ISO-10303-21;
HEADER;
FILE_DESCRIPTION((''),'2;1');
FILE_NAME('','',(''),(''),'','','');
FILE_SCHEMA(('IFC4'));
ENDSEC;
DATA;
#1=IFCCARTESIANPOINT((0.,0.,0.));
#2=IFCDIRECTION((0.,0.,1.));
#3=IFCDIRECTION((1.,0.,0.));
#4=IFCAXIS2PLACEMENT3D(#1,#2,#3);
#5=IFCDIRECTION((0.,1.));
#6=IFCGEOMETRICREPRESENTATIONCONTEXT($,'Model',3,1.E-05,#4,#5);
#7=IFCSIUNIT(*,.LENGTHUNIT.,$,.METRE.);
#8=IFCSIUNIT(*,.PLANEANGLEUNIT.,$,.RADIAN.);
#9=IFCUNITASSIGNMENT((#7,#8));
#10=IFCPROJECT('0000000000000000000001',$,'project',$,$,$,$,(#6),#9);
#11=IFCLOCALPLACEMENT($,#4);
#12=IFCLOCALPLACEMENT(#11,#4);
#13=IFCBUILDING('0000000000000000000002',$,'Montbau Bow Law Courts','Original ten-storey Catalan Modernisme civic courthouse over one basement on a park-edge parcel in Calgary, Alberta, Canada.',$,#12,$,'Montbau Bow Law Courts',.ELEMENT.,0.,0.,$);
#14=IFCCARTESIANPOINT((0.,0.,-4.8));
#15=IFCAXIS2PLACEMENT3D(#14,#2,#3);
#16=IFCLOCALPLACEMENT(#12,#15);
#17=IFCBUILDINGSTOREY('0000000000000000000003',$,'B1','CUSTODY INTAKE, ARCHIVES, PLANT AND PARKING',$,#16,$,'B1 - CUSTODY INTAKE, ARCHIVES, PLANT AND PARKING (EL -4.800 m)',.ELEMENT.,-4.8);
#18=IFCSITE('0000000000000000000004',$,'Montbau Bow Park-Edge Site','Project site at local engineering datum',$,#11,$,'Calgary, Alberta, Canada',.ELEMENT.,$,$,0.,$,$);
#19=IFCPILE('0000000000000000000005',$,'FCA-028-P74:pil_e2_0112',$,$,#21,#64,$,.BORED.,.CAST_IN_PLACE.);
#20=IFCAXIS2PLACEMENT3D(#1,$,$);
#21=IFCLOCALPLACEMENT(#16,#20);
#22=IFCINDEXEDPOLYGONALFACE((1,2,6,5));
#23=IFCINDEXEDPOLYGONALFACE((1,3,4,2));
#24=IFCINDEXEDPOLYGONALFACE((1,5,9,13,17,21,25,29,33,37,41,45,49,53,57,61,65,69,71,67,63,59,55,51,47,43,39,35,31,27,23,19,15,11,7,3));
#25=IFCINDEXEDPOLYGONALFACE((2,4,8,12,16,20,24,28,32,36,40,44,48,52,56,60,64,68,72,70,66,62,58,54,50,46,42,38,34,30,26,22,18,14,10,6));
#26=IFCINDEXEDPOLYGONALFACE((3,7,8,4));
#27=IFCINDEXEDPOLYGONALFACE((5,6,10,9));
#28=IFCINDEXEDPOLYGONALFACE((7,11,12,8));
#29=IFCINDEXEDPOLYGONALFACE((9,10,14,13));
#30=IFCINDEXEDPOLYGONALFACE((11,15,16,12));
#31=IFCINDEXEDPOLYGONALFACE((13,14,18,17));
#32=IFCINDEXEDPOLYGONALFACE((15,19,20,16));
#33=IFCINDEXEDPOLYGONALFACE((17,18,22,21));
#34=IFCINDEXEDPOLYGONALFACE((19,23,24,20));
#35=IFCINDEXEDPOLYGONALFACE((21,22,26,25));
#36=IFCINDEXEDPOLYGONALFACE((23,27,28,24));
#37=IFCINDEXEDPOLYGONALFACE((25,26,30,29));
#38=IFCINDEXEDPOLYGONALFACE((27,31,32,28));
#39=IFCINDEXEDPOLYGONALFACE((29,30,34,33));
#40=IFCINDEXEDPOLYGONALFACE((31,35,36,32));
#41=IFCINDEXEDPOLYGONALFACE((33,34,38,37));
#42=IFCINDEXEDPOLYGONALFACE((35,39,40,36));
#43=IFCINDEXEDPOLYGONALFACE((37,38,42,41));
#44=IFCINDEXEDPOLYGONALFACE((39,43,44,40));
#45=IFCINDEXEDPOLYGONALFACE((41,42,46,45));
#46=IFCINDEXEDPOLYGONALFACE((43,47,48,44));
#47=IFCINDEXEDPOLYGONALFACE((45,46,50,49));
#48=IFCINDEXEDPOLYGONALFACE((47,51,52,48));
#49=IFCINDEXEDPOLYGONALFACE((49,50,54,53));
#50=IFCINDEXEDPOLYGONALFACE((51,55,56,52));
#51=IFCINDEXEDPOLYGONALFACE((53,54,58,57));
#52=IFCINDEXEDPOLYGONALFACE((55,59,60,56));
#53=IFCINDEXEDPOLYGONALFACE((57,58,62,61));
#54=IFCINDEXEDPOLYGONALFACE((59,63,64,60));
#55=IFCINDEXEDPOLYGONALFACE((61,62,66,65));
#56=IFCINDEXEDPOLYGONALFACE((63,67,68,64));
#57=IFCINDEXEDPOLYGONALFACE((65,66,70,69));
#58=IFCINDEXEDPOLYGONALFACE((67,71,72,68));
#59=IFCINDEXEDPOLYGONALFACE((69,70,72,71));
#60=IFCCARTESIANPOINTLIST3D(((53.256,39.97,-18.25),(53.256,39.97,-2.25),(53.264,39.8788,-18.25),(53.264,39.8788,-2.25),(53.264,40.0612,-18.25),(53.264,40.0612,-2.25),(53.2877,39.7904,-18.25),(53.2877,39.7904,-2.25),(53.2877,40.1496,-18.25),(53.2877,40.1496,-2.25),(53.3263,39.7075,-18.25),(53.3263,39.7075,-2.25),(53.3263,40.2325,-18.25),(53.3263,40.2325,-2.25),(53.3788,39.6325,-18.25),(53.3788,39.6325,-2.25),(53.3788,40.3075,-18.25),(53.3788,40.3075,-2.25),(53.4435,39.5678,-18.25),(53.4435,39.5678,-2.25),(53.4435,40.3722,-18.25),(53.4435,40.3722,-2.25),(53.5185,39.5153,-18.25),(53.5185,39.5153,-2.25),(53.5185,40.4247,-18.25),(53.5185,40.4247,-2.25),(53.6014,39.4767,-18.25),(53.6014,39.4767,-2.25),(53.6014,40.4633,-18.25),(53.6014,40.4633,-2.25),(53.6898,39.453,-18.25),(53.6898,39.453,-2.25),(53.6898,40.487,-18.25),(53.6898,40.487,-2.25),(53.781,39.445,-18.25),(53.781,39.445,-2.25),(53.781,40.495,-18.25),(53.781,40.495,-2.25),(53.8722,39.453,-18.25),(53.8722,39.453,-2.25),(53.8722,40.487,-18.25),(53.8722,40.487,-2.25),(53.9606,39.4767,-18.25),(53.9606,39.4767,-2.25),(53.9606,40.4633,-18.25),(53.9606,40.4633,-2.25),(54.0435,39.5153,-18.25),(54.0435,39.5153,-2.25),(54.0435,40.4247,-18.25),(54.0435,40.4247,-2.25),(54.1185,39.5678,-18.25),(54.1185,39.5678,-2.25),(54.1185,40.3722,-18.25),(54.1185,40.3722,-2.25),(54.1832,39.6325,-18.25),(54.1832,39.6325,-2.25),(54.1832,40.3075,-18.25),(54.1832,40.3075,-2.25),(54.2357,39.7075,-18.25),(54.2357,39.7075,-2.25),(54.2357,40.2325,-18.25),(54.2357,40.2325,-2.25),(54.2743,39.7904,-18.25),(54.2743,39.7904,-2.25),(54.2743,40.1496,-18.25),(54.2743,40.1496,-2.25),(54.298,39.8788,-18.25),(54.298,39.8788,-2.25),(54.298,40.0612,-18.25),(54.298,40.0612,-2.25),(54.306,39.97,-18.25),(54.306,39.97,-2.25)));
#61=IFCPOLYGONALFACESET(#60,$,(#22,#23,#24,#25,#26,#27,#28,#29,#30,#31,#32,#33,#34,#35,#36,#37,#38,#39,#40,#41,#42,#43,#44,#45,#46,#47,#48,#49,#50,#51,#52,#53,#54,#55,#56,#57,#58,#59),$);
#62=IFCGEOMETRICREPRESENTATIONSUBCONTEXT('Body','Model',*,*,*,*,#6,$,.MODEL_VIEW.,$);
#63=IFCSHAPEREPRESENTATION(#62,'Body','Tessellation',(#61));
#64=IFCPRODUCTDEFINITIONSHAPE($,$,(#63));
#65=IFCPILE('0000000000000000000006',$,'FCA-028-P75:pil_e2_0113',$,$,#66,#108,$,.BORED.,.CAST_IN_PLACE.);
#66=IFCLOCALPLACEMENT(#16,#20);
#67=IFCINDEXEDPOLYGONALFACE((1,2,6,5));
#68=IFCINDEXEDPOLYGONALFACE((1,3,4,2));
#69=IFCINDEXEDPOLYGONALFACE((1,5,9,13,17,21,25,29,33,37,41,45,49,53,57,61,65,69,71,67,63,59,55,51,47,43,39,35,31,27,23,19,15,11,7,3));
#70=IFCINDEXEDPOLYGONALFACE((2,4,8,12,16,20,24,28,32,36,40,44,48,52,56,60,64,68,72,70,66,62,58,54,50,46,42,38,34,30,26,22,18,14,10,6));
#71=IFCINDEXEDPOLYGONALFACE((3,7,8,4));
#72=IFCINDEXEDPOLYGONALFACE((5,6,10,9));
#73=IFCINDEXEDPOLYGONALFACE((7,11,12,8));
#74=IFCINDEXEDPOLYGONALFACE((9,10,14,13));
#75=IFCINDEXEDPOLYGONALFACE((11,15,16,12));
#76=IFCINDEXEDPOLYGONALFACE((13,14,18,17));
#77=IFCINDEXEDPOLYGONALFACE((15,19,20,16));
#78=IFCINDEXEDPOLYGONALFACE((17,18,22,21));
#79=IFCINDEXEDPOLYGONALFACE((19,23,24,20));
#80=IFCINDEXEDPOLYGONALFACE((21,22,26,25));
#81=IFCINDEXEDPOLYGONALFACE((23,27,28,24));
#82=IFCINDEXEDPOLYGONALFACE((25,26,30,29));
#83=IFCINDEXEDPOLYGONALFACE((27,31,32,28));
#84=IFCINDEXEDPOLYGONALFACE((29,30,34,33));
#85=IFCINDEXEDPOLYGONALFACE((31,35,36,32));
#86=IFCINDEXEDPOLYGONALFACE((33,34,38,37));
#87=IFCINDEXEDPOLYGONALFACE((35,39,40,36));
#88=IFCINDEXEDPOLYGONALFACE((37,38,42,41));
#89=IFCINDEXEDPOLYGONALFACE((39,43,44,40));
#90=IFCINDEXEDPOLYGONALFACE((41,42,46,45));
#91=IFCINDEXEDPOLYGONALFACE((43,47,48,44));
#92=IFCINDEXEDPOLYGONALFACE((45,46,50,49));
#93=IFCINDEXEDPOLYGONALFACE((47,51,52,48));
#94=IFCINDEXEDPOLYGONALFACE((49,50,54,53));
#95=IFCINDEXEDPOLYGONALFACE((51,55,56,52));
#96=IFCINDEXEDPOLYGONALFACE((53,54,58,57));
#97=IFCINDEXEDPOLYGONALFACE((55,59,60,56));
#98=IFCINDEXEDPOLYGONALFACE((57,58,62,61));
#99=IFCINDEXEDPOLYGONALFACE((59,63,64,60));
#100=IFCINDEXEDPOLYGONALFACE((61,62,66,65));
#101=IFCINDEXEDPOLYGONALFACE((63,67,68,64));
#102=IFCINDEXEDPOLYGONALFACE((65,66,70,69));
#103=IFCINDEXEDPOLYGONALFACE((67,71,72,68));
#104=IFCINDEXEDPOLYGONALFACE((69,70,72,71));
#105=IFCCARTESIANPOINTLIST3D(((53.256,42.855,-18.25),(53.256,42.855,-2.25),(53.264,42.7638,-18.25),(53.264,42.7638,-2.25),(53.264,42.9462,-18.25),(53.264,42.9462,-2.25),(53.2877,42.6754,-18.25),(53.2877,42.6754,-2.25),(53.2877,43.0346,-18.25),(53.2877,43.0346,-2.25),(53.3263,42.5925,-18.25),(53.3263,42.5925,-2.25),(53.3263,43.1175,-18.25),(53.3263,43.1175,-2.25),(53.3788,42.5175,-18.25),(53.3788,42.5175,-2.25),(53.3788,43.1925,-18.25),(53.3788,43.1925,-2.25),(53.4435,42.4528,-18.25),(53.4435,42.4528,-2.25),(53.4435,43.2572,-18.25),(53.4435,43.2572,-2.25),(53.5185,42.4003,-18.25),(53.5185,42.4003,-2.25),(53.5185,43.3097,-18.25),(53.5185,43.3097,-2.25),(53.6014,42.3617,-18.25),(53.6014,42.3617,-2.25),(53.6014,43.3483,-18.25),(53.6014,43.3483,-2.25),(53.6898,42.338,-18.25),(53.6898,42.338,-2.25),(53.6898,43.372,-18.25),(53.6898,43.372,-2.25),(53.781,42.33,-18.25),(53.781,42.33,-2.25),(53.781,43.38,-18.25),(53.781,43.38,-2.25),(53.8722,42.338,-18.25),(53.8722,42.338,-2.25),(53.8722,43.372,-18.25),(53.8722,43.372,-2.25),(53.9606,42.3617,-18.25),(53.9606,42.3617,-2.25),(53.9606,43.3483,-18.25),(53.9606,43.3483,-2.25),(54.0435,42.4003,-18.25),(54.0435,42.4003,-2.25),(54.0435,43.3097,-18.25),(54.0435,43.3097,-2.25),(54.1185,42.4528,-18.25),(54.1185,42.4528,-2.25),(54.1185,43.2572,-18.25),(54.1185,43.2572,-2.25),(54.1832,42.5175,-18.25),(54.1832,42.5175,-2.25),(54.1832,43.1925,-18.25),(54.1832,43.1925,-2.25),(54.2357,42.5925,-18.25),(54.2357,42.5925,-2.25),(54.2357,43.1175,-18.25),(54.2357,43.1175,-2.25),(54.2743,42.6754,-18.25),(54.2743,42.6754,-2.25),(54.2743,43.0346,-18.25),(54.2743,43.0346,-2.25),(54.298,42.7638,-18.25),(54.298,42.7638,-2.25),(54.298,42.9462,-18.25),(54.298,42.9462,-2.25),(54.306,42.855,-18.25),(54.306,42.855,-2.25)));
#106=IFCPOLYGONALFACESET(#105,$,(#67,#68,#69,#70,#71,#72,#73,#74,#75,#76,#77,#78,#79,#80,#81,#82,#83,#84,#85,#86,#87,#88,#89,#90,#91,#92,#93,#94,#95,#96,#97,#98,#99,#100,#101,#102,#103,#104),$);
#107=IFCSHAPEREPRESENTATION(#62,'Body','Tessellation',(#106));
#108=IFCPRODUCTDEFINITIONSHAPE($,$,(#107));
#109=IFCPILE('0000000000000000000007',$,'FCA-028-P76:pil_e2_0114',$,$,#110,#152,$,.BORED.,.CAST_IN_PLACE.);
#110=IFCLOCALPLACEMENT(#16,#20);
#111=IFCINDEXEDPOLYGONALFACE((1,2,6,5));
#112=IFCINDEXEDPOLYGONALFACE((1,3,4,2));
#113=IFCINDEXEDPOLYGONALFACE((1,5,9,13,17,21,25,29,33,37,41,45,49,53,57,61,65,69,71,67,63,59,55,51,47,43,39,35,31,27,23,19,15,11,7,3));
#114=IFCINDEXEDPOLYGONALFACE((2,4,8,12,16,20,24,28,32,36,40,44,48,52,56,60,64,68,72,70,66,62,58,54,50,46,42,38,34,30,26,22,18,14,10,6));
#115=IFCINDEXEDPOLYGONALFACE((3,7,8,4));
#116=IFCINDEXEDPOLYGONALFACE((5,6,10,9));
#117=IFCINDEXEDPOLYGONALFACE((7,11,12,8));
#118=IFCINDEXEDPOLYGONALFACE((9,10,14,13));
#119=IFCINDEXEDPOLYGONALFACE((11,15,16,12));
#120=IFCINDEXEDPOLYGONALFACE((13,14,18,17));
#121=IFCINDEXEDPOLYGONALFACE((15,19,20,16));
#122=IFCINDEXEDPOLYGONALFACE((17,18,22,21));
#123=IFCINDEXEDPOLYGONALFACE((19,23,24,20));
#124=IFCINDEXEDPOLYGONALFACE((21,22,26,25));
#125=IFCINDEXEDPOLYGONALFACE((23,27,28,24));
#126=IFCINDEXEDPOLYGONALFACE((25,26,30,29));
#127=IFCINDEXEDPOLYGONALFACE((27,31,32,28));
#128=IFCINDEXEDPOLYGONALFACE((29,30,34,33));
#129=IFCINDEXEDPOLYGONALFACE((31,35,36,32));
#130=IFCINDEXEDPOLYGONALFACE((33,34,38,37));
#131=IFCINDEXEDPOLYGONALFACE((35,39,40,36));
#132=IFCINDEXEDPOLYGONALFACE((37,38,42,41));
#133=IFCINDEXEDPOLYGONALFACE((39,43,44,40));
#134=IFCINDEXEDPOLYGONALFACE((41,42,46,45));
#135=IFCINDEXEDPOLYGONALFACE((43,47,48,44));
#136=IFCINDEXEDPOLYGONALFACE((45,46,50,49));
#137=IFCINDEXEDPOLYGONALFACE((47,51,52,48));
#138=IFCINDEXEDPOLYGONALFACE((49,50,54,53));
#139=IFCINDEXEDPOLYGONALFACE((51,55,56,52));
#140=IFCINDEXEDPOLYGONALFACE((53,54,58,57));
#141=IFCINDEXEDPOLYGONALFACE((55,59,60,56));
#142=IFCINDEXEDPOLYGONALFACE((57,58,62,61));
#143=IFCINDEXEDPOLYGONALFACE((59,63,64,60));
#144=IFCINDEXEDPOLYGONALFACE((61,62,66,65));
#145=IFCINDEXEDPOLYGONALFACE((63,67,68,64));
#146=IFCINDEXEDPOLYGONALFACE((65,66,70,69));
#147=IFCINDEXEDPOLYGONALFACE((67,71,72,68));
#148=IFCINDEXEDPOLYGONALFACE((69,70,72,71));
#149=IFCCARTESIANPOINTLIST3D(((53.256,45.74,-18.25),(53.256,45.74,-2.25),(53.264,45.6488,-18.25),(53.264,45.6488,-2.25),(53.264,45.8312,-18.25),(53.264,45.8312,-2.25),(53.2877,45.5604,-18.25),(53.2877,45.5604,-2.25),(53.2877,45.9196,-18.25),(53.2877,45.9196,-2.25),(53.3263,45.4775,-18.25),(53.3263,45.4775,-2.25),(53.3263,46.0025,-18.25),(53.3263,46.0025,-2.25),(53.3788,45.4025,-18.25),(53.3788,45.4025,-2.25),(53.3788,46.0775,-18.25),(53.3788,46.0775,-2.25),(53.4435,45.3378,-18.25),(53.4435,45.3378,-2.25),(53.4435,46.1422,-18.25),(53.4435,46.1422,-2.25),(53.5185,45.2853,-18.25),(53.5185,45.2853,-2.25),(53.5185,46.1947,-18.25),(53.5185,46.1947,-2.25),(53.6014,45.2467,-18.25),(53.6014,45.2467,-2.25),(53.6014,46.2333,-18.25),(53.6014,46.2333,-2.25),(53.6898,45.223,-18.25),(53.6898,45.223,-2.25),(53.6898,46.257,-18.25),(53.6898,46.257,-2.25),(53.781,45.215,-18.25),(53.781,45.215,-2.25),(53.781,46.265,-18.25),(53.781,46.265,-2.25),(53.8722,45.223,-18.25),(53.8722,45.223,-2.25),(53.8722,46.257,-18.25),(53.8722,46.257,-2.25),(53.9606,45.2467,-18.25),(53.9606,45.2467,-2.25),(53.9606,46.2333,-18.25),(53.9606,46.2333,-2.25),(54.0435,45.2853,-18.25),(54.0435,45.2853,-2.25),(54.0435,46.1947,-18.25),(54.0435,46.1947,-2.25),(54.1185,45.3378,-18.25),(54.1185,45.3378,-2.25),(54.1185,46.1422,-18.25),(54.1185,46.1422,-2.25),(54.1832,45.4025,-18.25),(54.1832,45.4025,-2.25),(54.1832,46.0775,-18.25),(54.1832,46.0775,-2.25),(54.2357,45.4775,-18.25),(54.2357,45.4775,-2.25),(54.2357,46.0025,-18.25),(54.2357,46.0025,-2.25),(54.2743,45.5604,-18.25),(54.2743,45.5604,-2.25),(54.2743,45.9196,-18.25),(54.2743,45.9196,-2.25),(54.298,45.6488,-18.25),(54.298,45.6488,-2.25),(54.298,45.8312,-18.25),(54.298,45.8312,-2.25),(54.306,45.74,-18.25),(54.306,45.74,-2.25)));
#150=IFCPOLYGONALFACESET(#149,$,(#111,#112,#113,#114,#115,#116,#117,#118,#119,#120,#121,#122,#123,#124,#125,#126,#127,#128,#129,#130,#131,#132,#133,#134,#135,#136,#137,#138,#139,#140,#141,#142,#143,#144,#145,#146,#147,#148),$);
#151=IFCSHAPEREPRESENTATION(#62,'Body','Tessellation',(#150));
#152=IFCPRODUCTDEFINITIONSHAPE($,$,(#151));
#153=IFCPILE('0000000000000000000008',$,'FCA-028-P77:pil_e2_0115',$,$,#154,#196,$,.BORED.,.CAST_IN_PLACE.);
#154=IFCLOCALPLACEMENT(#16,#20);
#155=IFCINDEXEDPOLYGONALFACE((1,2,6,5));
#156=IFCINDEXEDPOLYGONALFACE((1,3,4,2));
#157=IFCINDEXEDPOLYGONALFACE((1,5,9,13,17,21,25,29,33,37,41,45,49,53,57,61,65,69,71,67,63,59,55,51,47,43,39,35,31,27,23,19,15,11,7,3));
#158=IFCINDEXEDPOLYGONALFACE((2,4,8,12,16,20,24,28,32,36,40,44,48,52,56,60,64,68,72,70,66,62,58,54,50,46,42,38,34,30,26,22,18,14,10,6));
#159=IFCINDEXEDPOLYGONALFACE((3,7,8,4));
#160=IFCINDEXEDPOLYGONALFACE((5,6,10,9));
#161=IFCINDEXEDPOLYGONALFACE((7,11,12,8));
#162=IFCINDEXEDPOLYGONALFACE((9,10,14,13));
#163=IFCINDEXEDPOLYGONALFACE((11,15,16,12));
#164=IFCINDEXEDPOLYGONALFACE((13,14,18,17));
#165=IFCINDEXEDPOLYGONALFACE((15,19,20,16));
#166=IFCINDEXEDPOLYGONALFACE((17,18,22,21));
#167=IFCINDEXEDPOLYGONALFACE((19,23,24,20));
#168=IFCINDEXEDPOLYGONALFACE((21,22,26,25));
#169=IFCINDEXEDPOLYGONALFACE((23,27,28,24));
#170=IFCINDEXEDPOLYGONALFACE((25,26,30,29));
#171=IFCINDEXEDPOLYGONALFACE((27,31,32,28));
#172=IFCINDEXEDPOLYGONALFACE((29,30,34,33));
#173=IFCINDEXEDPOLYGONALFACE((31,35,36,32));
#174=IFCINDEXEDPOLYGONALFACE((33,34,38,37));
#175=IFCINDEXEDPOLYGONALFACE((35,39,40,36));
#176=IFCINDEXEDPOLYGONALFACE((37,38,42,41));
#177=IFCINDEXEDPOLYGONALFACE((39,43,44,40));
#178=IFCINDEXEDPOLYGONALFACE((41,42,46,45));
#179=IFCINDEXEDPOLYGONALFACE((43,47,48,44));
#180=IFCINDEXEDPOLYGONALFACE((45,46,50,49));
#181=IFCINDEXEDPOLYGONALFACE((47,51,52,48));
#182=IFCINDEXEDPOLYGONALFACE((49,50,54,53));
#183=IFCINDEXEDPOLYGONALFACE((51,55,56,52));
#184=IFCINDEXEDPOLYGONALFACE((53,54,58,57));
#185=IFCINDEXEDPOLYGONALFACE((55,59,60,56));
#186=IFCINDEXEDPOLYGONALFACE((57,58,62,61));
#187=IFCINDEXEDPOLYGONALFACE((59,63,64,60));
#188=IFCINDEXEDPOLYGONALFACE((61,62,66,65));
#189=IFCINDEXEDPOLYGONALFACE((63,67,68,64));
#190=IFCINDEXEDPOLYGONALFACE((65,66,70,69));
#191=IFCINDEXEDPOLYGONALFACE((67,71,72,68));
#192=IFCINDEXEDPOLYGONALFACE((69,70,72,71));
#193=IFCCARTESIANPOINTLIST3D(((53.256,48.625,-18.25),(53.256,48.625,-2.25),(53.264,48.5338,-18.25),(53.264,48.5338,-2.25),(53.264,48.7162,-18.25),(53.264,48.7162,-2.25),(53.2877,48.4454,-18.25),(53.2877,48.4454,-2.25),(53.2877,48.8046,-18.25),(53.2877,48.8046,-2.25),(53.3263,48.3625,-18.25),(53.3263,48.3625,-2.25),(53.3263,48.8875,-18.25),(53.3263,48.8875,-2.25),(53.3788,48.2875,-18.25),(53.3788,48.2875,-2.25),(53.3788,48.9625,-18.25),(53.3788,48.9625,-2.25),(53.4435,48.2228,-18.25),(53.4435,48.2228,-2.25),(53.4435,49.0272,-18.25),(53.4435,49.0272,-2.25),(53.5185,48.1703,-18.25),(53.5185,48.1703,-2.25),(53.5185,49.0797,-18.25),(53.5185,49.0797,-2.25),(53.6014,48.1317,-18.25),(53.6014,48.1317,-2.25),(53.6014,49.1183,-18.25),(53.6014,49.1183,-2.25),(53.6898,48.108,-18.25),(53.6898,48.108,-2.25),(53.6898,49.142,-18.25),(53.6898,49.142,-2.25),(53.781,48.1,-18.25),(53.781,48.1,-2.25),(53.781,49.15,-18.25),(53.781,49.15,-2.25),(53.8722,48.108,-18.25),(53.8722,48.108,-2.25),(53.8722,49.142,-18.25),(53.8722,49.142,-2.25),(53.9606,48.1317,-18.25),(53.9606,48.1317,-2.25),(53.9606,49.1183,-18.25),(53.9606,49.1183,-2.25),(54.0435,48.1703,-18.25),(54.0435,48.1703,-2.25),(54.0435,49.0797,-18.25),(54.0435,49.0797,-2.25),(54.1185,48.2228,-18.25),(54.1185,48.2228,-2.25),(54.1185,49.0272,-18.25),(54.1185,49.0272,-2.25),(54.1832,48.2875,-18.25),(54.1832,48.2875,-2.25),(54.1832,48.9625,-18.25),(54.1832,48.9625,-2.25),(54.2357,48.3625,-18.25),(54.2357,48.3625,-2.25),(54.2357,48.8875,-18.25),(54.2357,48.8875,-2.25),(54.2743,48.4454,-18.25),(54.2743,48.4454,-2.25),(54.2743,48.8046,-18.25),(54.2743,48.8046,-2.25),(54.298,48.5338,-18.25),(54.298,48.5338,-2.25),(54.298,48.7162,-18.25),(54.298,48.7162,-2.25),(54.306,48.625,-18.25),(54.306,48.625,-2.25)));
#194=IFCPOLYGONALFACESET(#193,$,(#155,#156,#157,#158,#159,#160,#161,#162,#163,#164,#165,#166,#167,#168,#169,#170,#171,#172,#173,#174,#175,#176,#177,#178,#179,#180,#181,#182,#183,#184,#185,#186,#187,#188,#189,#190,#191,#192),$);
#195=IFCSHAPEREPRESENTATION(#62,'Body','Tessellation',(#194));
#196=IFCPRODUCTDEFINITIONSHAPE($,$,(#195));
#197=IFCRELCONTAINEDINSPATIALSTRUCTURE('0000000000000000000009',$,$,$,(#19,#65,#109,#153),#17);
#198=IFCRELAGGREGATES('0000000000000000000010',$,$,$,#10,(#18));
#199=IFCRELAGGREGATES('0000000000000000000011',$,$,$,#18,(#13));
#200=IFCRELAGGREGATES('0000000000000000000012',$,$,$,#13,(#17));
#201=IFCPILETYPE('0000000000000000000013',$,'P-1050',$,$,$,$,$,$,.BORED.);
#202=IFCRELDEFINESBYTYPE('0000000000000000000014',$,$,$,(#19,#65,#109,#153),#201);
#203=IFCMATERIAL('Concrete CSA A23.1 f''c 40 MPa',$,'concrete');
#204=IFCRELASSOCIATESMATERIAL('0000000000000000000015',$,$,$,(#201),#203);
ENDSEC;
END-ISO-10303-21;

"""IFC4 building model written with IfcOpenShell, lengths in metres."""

from ifc_helpers import new_model, si_unit, direction, frame, origin_with_axes, origin_2d_with_axis, place, context, subcontext, project, spatial, circle, extrude, material, material_profile, profile_set, type_object, element, save


model = new_model("IFC4")

# Units and contexts
model_context = context("Model", 3, precision=1e-05, world=origin_with_axes(), true_north=direction((0.0, 1.0)))
body_context = subcontext(model_context, "Body", "Model", "MODEL_VIEW")
ifc_project = project(units=[si_unit("LENGTHUNIT", "METRE"), si_unit("PLANEANGLEUNIT", "RADIAN")], contexts=[model_context])

# Site, building, storey
site_placement = place(None, origin_with_axes())
site = spatial("IfcSite", under=ifc_project, at=site_placement, Name="Montbau Bow Park-Edge Site", Description="Project site at local engineering datum", LongName="Calgary, Alberta, Canada", CompositionType="ELEMENT", RefElevation=0.0)
building_placement = place(site_placement, origin_with_axes())
building = spatial("IfcBuilding", under=site, at=building_placement, Name="Montbau Bow Law Courts", Description="Original ten-storey Catalan Modernisme civic courthouse over one basement on a park-edge parcel in Calgary, Alberta, Canada.", LongName="Montbau Bow Law Courts", CompositionType="ELEMENT", ElevationOfRefHeight=0.0, ElevationOfTerrain=0.0)
storey_placement = place(building_placement, frame((0.0, 0.0, -4.8), z_axis=(0.0, 0.0, 1.0), x_axis=(1.0, 0.0, 0.0)))
storey = spatial("IfcBuildingStorey", under=building, at=storey_placement, Name="B1", Description="CUSTODY INTAKE, ARCHIVES, PLANT AND PARKING", LongName="B1 - CUSTODY INTAKE, ARCHIVES, PLANT AND PARKING (EL -4.800 m)", CompositionType="ELEMENT", Elevation=-4.8)

# Piles
ifc_material_1 = material(Name="Concrete CSA A23.1 f'c 40 MPa", Category="concrete")
ifc_material_profile_1 = material_profile(ifc_material_1, circle(Radius=0.525, at=origin_2d_with_axis()), Name="BP1050", Category="Main", Priority=0)
ifc_profile_set_1 = profile_set([ifc_material_profile_1], Name="Concrete CSA A23.1 f'c 40 MPa")
pile_type = type_object("IfcPileType", Name="P-1050", PredefinedType="BORED", material=ifc_profile_set_1)
for number, where, z_axis, x_axis, name in (
    (1, (53.781, 39.97, -23.05), (0.0, 0.0, 1.0), (1.0, 0.0, 0.0), "FCA-028-P74:pil_e2_0112"),
    (2, (53.781, 42.855, -23.05), (0.0, 0.0, 1.0), (1.0, 0.0, 0.0), "FCA-028-P75:pil_e2_0113"),
    (3, (53.781, 45.74, -23.05), (0.0, 0.0, 1.0), (1.0, 0.0, 0.0), "FCA-028-P76:pil_e2_0114"),
    (4, (53.781, 48.625, -23.05), (0.0, 0.0, 1.0), (1.0, 0.0, 0.0), "FCA-028-P77:pil_e2_0115"),
):
    element("IfcPile", number, at=place(None, frame(where, z_axis=z_axis, x_axis=x_axis)), inside=storey, type_object=pile_type, Name=name, ConstructionType="CAST_IN_PLACE", PredefinedType="BORED", context=body_context, shape_type="SweptSolid", body=[
        extrude(circle(Radius=0.525, at=origin_2d_with_axis()), origin_with_axes(), (0.0, 0.0, 1.0), 16.0),
    ])

save(model, "model.ifc")
